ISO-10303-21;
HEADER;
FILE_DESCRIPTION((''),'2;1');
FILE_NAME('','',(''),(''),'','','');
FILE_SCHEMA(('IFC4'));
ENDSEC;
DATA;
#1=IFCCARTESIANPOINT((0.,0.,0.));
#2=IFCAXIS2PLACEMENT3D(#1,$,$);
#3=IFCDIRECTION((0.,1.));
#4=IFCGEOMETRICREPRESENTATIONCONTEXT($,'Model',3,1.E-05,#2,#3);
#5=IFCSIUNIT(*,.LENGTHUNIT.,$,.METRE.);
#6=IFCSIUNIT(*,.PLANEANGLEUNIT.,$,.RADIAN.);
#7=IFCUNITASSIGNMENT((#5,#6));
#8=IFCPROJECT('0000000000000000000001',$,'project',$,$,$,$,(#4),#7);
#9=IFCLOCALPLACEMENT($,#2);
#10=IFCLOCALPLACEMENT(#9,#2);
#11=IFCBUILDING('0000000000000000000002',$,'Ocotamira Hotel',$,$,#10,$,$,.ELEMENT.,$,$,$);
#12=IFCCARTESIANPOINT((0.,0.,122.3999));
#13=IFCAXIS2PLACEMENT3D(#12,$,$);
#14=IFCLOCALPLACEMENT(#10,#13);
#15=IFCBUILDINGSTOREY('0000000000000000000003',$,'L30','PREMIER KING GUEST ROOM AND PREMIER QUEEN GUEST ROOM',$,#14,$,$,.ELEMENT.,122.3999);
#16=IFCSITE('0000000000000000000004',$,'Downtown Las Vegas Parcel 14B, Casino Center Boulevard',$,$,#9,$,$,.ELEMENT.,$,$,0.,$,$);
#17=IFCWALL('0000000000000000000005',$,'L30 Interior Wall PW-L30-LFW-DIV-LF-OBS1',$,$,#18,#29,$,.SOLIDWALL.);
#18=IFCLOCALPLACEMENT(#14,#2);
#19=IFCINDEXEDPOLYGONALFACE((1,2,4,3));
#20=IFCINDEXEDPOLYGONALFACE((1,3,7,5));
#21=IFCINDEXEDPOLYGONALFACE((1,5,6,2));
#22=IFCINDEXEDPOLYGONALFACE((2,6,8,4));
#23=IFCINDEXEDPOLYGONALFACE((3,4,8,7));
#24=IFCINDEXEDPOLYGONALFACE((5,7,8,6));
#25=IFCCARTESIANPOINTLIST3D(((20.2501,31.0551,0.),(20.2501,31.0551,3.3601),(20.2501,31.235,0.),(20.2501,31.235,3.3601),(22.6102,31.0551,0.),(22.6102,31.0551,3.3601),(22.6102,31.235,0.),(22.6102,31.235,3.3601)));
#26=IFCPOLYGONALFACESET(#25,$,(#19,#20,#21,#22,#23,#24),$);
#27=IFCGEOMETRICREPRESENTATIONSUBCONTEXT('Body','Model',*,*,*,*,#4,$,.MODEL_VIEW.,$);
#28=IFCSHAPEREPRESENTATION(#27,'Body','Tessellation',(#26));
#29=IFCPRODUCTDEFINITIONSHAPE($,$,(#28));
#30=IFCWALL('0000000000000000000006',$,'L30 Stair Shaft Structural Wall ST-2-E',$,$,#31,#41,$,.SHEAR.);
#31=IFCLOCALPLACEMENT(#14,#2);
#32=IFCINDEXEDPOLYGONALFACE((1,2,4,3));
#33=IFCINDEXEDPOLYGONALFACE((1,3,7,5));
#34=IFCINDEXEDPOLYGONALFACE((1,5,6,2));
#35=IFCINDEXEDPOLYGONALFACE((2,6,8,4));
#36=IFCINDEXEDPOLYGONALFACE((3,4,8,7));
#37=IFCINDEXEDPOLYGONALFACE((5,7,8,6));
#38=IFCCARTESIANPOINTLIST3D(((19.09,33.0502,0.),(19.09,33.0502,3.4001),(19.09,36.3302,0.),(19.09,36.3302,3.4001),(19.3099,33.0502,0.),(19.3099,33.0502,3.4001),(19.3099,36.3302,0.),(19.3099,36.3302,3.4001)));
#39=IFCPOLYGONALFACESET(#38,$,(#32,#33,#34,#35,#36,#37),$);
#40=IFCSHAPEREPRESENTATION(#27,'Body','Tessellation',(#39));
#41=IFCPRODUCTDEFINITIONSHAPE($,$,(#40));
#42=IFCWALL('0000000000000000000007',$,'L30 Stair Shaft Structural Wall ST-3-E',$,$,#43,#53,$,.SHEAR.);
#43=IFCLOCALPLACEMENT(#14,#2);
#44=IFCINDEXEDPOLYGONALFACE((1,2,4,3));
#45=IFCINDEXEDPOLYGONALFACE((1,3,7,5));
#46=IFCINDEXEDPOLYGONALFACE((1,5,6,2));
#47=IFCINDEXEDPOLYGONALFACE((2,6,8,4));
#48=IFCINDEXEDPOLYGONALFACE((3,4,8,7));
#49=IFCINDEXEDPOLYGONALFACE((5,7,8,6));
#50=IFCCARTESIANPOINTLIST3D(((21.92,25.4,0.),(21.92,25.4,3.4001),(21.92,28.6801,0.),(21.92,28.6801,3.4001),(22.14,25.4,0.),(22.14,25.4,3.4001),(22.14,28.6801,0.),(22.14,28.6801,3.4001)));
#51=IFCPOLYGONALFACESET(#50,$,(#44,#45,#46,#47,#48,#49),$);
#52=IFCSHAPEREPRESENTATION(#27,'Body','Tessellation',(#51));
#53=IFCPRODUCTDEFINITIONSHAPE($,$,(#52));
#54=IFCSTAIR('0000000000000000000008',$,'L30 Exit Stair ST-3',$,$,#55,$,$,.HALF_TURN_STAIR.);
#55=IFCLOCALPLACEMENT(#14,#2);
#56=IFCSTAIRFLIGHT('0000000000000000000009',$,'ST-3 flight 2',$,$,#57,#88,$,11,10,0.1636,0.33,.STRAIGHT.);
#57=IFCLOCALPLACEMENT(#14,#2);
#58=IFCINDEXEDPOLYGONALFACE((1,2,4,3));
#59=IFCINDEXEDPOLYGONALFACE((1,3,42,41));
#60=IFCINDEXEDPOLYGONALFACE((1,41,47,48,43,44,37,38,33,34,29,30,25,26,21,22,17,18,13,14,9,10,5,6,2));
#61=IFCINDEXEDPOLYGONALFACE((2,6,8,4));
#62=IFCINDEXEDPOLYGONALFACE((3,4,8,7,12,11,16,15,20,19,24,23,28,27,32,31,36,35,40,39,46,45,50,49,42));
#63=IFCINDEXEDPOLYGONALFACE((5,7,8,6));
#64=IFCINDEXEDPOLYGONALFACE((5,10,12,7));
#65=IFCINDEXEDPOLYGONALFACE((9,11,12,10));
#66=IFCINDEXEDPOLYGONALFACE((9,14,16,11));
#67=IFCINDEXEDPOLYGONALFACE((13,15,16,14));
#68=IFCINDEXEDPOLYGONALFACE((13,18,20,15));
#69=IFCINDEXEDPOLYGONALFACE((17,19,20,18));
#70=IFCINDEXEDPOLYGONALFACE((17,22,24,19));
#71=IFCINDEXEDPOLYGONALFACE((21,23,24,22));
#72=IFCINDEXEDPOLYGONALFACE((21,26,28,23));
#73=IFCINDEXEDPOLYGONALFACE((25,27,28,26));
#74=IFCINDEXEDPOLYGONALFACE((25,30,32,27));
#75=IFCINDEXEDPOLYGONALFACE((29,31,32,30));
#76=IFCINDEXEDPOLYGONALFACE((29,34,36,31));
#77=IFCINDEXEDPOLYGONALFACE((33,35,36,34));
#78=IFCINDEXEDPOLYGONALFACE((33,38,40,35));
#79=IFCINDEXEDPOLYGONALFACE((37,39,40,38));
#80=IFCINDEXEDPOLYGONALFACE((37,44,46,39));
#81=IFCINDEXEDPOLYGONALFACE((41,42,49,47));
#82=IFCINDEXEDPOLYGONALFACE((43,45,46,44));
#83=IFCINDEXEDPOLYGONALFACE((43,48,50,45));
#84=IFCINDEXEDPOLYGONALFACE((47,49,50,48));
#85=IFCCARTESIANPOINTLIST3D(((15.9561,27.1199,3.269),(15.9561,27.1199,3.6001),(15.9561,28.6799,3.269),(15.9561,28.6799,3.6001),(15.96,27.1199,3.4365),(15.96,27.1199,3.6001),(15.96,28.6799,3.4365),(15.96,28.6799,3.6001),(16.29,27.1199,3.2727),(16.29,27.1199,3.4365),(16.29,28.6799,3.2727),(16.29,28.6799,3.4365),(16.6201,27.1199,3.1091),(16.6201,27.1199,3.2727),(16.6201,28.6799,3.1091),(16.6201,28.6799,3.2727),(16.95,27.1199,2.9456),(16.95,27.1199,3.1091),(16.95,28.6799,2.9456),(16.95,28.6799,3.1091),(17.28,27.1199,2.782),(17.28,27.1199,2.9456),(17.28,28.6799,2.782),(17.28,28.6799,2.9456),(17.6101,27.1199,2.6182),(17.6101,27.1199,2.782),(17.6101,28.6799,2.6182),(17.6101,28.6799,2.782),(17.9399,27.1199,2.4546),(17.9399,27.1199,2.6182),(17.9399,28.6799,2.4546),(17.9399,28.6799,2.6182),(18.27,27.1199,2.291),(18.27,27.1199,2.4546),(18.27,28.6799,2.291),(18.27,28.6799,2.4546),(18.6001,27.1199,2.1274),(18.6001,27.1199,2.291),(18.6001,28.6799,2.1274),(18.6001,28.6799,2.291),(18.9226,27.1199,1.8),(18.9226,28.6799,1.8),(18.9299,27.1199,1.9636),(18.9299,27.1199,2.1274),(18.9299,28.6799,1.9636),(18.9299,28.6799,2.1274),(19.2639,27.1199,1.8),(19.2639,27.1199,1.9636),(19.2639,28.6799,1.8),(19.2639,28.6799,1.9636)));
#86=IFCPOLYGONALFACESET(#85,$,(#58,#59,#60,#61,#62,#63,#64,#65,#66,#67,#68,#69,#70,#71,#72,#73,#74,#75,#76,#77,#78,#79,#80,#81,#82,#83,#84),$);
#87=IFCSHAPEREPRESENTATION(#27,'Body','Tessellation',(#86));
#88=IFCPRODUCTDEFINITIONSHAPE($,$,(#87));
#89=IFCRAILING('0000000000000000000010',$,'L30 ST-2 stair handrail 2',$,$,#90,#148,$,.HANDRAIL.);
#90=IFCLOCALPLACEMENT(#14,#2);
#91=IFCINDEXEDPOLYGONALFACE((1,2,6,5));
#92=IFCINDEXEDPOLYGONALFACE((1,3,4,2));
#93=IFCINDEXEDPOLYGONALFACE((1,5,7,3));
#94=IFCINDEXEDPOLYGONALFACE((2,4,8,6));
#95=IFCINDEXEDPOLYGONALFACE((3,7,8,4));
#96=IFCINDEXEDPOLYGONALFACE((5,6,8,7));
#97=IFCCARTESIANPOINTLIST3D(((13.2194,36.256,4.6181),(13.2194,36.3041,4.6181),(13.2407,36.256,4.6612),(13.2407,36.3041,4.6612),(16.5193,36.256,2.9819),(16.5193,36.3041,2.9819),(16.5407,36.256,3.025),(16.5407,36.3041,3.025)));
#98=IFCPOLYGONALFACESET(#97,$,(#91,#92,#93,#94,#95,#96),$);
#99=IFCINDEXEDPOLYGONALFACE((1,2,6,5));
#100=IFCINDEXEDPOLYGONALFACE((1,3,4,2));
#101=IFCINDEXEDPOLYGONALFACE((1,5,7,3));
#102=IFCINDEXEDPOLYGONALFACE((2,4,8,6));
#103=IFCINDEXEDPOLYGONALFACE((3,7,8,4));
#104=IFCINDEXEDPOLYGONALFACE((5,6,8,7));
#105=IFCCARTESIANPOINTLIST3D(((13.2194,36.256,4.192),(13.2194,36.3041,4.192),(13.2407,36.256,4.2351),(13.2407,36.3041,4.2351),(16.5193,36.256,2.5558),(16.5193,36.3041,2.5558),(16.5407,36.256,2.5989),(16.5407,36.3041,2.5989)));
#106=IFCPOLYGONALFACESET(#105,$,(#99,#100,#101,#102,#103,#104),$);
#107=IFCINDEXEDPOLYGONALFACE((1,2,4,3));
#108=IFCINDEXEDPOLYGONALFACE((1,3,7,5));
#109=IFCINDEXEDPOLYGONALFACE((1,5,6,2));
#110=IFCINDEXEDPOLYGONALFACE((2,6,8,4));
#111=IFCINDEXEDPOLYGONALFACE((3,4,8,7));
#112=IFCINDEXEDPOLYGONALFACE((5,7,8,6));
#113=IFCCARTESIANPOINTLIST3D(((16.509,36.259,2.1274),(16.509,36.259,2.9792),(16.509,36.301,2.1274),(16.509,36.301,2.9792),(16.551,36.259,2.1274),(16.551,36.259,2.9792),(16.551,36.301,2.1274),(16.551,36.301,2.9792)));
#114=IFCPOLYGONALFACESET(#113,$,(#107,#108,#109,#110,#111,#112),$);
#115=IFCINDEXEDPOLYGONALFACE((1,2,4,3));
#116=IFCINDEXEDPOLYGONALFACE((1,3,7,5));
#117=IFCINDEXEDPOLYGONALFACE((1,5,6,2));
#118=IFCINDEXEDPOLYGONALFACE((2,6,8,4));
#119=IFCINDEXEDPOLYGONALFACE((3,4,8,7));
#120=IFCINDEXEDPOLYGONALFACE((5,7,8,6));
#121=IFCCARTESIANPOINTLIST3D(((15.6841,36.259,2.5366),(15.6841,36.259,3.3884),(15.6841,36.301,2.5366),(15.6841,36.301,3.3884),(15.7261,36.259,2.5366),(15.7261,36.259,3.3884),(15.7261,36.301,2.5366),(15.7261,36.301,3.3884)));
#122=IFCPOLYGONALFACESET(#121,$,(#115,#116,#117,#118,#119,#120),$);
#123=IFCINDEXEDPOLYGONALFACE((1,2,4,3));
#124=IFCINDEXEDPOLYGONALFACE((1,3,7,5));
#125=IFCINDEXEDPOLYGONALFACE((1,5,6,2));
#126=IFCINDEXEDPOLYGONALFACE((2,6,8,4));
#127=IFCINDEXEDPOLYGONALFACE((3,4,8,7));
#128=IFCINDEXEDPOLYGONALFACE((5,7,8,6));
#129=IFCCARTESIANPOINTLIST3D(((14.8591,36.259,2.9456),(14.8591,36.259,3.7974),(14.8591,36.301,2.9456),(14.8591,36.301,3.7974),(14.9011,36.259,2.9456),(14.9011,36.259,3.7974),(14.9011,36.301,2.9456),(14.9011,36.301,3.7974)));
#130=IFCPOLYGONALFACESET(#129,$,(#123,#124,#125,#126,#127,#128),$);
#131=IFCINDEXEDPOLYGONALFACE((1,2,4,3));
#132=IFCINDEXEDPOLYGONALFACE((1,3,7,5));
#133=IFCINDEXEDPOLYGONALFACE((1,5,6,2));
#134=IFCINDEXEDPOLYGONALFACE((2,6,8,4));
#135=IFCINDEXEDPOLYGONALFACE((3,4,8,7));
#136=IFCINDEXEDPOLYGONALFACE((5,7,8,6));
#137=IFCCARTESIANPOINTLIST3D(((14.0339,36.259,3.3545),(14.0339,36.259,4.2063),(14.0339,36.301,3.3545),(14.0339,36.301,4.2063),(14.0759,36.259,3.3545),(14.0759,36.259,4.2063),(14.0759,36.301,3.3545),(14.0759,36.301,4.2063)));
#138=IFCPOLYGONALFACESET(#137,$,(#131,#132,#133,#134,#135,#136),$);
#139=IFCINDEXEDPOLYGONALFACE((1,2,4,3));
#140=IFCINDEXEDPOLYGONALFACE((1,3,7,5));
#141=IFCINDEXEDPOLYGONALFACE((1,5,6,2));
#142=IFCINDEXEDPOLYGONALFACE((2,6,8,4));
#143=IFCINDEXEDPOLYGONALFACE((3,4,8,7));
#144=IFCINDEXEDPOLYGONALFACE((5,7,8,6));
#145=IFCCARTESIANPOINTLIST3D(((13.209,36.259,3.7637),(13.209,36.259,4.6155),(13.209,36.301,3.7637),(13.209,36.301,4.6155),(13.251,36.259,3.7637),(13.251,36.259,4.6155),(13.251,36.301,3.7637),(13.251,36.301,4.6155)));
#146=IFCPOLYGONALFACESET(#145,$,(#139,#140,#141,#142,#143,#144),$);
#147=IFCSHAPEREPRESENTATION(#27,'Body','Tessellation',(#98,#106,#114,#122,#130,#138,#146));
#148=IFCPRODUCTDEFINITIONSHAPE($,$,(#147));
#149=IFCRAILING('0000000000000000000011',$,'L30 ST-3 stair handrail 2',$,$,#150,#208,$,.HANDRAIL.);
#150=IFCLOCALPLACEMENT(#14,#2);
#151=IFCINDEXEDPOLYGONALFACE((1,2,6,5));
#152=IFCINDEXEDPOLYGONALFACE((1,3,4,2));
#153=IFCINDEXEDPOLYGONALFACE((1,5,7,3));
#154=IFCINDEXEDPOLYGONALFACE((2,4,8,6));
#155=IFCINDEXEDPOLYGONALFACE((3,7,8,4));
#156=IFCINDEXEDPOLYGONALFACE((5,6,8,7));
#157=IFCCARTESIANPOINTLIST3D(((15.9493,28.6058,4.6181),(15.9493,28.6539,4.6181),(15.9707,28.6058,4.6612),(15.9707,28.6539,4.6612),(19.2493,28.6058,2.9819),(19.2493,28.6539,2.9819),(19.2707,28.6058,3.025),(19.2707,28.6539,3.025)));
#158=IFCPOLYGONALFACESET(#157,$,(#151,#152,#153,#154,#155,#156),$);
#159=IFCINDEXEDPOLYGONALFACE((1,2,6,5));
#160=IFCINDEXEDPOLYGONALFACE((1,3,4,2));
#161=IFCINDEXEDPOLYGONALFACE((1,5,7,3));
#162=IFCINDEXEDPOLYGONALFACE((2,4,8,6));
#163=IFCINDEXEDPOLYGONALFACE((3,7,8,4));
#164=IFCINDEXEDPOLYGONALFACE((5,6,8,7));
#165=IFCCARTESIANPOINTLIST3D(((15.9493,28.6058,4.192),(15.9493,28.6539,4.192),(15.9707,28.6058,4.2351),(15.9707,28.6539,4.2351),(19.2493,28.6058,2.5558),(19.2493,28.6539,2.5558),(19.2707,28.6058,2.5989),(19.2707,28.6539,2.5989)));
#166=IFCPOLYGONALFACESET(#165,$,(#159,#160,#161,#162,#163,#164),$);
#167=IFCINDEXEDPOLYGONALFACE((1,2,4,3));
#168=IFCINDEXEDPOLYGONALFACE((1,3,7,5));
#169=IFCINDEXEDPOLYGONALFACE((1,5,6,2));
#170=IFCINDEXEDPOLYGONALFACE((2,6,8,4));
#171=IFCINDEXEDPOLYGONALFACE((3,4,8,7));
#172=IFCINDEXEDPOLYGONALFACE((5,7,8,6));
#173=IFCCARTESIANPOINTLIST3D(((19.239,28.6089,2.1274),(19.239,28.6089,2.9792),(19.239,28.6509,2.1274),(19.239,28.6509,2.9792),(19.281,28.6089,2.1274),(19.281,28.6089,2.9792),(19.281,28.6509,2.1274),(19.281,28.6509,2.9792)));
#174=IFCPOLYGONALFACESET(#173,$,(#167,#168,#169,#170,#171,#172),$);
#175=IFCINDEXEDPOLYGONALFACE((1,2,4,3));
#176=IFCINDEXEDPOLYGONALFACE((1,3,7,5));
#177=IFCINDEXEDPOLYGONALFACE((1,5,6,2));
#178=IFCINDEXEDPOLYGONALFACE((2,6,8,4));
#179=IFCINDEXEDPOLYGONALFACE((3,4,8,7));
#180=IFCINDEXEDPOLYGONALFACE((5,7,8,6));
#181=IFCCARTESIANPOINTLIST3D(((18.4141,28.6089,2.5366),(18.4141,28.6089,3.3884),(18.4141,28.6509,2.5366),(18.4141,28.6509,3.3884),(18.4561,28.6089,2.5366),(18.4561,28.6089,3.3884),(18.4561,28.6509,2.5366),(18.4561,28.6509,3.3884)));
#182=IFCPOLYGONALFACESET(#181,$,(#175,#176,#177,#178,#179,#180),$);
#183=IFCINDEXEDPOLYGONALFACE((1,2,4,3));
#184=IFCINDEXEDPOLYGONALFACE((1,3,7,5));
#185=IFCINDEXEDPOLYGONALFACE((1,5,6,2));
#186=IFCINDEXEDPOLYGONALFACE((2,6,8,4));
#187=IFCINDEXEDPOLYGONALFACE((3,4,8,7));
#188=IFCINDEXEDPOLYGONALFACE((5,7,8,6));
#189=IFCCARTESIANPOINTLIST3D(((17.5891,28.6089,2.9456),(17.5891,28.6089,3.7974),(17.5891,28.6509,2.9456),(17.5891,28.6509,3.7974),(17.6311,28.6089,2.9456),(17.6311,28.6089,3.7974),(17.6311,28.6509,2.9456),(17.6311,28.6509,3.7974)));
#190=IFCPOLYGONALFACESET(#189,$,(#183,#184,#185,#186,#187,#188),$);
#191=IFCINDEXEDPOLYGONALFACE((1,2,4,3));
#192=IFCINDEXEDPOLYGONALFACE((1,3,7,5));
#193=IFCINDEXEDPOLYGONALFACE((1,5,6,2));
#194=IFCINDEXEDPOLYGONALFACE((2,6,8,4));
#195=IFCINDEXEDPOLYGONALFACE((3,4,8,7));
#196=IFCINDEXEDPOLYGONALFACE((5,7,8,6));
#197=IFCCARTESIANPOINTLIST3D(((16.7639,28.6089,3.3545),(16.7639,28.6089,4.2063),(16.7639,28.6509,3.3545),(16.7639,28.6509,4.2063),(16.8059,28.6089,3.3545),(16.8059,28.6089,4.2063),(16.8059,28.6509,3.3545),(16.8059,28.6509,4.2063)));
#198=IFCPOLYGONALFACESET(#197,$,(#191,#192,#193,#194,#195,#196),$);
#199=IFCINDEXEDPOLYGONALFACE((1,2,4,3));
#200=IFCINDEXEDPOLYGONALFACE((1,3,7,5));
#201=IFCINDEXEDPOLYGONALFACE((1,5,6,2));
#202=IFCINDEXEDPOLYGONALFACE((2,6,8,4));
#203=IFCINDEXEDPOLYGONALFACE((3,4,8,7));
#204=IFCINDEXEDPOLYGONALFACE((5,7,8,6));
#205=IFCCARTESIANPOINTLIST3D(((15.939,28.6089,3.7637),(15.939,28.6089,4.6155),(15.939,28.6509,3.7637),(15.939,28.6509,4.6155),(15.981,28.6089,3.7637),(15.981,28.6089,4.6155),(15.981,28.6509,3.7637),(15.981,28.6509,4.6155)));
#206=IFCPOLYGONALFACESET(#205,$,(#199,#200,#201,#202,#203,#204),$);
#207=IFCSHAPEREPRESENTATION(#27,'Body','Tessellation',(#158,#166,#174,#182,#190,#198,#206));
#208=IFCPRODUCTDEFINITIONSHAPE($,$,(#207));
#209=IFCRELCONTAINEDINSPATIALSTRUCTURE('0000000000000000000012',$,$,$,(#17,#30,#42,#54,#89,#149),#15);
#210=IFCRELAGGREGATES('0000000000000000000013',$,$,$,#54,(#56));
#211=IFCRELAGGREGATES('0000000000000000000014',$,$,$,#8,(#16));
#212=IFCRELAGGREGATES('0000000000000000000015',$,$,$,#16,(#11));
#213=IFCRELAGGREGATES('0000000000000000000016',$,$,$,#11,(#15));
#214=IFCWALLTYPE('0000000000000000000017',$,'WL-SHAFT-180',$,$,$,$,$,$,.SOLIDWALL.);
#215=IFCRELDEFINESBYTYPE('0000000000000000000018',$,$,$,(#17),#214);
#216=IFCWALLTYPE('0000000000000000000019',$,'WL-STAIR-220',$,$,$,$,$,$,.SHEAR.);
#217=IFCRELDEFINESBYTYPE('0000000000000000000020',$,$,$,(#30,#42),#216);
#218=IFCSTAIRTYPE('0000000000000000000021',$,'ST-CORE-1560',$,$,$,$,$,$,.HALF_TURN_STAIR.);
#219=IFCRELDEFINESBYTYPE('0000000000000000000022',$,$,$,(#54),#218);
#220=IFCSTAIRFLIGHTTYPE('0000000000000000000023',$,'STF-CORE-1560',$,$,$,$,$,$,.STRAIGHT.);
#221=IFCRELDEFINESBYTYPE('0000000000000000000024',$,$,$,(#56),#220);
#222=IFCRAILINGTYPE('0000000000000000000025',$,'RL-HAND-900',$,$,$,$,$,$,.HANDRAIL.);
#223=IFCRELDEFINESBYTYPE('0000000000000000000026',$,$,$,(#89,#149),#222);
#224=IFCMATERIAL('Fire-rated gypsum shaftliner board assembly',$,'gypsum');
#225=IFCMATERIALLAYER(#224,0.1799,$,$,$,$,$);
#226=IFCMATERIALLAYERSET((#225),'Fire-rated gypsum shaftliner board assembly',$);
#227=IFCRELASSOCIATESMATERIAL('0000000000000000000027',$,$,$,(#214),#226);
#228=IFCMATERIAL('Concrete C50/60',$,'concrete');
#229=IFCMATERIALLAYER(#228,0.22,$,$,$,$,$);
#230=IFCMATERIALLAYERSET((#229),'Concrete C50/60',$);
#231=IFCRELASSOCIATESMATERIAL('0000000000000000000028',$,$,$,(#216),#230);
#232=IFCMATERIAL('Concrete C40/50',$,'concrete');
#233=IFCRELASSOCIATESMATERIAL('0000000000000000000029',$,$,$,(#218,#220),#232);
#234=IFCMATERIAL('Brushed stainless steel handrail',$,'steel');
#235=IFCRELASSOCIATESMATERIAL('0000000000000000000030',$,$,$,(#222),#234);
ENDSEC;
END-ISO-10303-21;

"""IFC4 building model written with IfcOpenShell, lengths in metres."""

from ifc_helpers import new_model, si_unit, direction, frame, frame_2d, origin, origin_2d, place, context, subcontext, project, spatial, polyline, rectangle, outline, extrude, source, transform, mapped, material, layer, layer_set, type_object, element, aggregate, save


model = new_model("IFC4")

# Units and contexts
model_context = context("Model", 3, precision=1e-05, world=origin(), true_north=direction((0.0, 1.0)))
body_context = subcontext(model_context, "Body", "Model", "MODEL_VIEW")
ifc_project = project(units=[si_unit("LENGTHUNIT", "METRE"), si_unit("PLANEANGLEUNIT", "RADIAN")], contexts=[model_context])

# Site, building, storey
site_placement = place(None, origin())
site = spatial("IfcSite", under=ifc_project, at=site_placement, Name="Downtown Las Vegas Parcel 14B, Casino Center Boulevard", CompositionType="ELEMENT", RefElevation=0.0)
building_placement = place(site_placement, origin())
building = spatial("IfcBuilding", under=site, at=building_placement, Name="Ocotamira Hotel", CompositionType="ELEMENT")
storey_placement = place(building_placement, frame((0.0, 0.0, 122.3999)))
storey = spatial("IfcBuildingStorey", under=building, at=storey_placement, Name="L30", Description="PREMIER KING GUEST ROOM AND PREMIER QUEEN GUEST ROOM", CompositionType="ELEMENT", Elevation=122.3999)

# Walls
ifc_material_1 = material(Name="Fire-rated gypsum shaftliner board assembly", Category="gypsum")
ifc_layer_1 = layer(ifc_material_1, 0.1799)
ifc_layer_set_1 = layer_set([ifc_layer_1], Name="Fire-rated gypsum shaftliner board assembly")
wall_type_1 = type_object("IfcWallType", Name="WL-SHAFT-180", PredefinedType="SOLIDWALL", material=ifc_layer_set_1)
wall_1_placement = place(storey_placement, frame((20.25, 31.145, 0.0), z_axis=(0.0, 0.0, 1.0), x_axis=(1.0, 0.0, 0.0)))
element("IfcWall", 1, at=wall_1_placement, inside=storey, type_object=wall_type_1, Name="L30 Interior Wall PW-L30-LFW-DIV-LF-OBS1", PredefinedType="SOLIDWALL", context=body_context, shape_type="SweptSolid", body=[
    extrude(rectangle(XDim=2.3601, YDim=0.1799, at=frame_2d((1.1802, 0.0))), origin(), (0.0, 0.0, 1.0), 3.3601),
])
ifc_material_2 = material(Name="Concrete C50/60", Category="concrete")
ifc_layer_2 = layer(ifc_material_2, 0.22)
ifc_layer_set_2 = layer_set([ifc_layer_2], Name="Concrete C50/60")
wall_type_2 = type_object("IfcWallType", Name="WL-STAIR-220", PredefinedType="SHEAR", material=ifc_layer_set_2)
for number, where, z_axis, x_axis, name in (
    (2, (19.2, 33.05, 0.0), (0.0, 0.0, 1.0), (0.0, 1.0, 0.0), "L30 Stair Shaft Structural Wall ST-2-E"),
    (3, (22.03, 25.3999, 0.0), (0.0, 0.0, 1.0), (0.0, 1.0, 0.0), "L30 Stair Shaft Structural Wall ST-3-E"),
):
    element("IfcWall", number, at=place(storey_placement, frame(where, z_axis=z_axis, x_axis=x_axis)), inside=storey, type_object=wall_type_2, Name=name, PredefinedType="SHEAR", context=body_context, shape_type="SweptSolid", body=[
        extrude(rectangle(XDim=3.28, YDim=0.22, at=frame_2d((1.6401, 0.0))), origin(), (0.0, 0.0, 1.0), 3.4001),
    ])

# Stair, stair flight
ifc_material_3 = material(Name="Concrete C40/50", Category="concrete")
stair_type = type_object("IfcStairType", Name="ST-CORE-1560", PredefinedType="HALF_TURN_STAIR", material=ifc_material_3)
stair_placement = place(storey_placement, origin())
stair = element("IfcStair", 4, at=stair_placement, inside=storey, type_object=stair_type, Name="L30 Exit Stair ST-3", PredefinedType="HALF_TURN_STAIR")
stair_flight_type = type_object("IfcStairFlightType", Name="STF-CORE-1560", PredefinedType="STRAIGHT", material=ifc_material_3)
shared_shape_1 = source(origin(), body_context, "Body", "SweptSolid", [
    extrude(outline(polyline([(-0.0039, 0.0), (-0.0039, 0.1636), (0.3301, 0.1636), (0.3301, 0.3274), (0.6599, 0.3274), (0.6599, 0.491), (0.99, 0.491), (0.99, 0.6545), (1.3201, 0.6545), (1.3201, 0.8181), (1.6499, 0.8181), (1.6499, 0.9819), (1.98, 0.9819), (1.98, 1.1455), (2.3101, 1.1455), (2.3101, 1.3091), (2.6399, 1.3091), (2.6399, 1.4727), (2.97, 1.4727), (2.97, 1.6365), (3.3, 1.6365), (3.3, 1.8), (3.304, 1.8), (3.304, 1.469), (0.3374, 0.0), (-0.0039, 0.0)])), frame((0.0, 0.78, 0.0), z_axis=(0.0, -1.0, 0.0), x_axis=(1.0, 0.0, 0.0)), (0.0, 0.0, 1.0), 1.5601),
])
stair_flight_placement = place(storey_placement, frame((19.26, 27.8999, 1.8), z_axis=(0.0, 0.0, 1.0), x_axis=(-1.0, 0.0, 0.0)))
stair_flight = element("IfcStairFlight", 5, at=stair_flight_placement, type_object=stair_flight_type, Name="ST-3 flight 2", NumberOfRisers=11, NumberOfTreads=10, PredefinedType="STRAIGHT", RiserHeight=0.1636, TreadLength=0.33, context=body_context, shape_type="MappedRepresentation", body=[
    mapped(shared_shape_1, transform((0.0, 0.0, 0.0), scale=1.0)),
])
aggregate(stair, [stair_flight])

# Railings
ifc_material_4 = material(Name="Brushed stainless steel handrail", Category="steel")
railing_type_1 = type_object("IfcRailingType", Name="RL-HAND-900", PredefinedType="HANDRAIL", material=ifc_material_4)
for number, where, name in (
    (6, (16.53, 36.28, 2.1274), "L30 ST-2 stair handrail 2"),
    (7, (19.26, 28.6299, 2.1274), "L30 ST-3 stair handrail 2"),
):
    element("IfcRailing", number, at=place(storey_placement, frame(where)), inside=storey, type_object=railing_type_1, Name=name, PredefinedType="HANDRAIL", context=body_context, shape_type="SweptSolid", body=[
        extrude(rectangle(XDim=0.0481, YDim=0.0481, at=origin_2d()), frame((0.0, 0.0, 0.876), z_axis=(-0.89592, 0.0, 0.444215), x_axis=(0.0, -1.0, 0.0)), (0.0, 0.0, 1.0), 3.6833),
        extrude(rectangle(XDim=0.0481, YDim=0.0481, at=origin_2d()), frame((0.0, 0.0, 0.45), z_axis=(-0.89592, 0.0, 0.444215), x_axis=(0.0, -1.0, 0.0)), (0.0, 0.0, 1.0), 3.6833),
        extrude(rectangle(XDim=0.042, YDim=0.042, at=origin_2d()), origin(), (0.0, 0.0, 1.0), 0.8518),
        extrude(rectangle(XDim=0.042, YDim=0.042, at=origin_2d()), frame((-0.825, 0.0, 0.4092)), (0.0, 0.0, 1.0), 0.8518),
        extrude(rectangle(XDim=0.042, YDim=0.042, at=origin_2d()), frame((-1.6499, 0.0, 0.8181)), (0.0, 0.0, 1.0), 0.8518),
        extrude(rectangle(XDim=0.042, YDim=0.042, at=origin_2d()), frame((-2.4751, 0.0, 1.2271)), (0.0, 0.0, 1.0), 0.8518),
        extrude(rectangle(XDim=0.042, YDim=0.042, at=origin_2d()), frame((-3.3, 0.0, 1.6362)), (0.0, 0.0, 1.0), 0.8518),
    ])

save(model, "model.ifc")
